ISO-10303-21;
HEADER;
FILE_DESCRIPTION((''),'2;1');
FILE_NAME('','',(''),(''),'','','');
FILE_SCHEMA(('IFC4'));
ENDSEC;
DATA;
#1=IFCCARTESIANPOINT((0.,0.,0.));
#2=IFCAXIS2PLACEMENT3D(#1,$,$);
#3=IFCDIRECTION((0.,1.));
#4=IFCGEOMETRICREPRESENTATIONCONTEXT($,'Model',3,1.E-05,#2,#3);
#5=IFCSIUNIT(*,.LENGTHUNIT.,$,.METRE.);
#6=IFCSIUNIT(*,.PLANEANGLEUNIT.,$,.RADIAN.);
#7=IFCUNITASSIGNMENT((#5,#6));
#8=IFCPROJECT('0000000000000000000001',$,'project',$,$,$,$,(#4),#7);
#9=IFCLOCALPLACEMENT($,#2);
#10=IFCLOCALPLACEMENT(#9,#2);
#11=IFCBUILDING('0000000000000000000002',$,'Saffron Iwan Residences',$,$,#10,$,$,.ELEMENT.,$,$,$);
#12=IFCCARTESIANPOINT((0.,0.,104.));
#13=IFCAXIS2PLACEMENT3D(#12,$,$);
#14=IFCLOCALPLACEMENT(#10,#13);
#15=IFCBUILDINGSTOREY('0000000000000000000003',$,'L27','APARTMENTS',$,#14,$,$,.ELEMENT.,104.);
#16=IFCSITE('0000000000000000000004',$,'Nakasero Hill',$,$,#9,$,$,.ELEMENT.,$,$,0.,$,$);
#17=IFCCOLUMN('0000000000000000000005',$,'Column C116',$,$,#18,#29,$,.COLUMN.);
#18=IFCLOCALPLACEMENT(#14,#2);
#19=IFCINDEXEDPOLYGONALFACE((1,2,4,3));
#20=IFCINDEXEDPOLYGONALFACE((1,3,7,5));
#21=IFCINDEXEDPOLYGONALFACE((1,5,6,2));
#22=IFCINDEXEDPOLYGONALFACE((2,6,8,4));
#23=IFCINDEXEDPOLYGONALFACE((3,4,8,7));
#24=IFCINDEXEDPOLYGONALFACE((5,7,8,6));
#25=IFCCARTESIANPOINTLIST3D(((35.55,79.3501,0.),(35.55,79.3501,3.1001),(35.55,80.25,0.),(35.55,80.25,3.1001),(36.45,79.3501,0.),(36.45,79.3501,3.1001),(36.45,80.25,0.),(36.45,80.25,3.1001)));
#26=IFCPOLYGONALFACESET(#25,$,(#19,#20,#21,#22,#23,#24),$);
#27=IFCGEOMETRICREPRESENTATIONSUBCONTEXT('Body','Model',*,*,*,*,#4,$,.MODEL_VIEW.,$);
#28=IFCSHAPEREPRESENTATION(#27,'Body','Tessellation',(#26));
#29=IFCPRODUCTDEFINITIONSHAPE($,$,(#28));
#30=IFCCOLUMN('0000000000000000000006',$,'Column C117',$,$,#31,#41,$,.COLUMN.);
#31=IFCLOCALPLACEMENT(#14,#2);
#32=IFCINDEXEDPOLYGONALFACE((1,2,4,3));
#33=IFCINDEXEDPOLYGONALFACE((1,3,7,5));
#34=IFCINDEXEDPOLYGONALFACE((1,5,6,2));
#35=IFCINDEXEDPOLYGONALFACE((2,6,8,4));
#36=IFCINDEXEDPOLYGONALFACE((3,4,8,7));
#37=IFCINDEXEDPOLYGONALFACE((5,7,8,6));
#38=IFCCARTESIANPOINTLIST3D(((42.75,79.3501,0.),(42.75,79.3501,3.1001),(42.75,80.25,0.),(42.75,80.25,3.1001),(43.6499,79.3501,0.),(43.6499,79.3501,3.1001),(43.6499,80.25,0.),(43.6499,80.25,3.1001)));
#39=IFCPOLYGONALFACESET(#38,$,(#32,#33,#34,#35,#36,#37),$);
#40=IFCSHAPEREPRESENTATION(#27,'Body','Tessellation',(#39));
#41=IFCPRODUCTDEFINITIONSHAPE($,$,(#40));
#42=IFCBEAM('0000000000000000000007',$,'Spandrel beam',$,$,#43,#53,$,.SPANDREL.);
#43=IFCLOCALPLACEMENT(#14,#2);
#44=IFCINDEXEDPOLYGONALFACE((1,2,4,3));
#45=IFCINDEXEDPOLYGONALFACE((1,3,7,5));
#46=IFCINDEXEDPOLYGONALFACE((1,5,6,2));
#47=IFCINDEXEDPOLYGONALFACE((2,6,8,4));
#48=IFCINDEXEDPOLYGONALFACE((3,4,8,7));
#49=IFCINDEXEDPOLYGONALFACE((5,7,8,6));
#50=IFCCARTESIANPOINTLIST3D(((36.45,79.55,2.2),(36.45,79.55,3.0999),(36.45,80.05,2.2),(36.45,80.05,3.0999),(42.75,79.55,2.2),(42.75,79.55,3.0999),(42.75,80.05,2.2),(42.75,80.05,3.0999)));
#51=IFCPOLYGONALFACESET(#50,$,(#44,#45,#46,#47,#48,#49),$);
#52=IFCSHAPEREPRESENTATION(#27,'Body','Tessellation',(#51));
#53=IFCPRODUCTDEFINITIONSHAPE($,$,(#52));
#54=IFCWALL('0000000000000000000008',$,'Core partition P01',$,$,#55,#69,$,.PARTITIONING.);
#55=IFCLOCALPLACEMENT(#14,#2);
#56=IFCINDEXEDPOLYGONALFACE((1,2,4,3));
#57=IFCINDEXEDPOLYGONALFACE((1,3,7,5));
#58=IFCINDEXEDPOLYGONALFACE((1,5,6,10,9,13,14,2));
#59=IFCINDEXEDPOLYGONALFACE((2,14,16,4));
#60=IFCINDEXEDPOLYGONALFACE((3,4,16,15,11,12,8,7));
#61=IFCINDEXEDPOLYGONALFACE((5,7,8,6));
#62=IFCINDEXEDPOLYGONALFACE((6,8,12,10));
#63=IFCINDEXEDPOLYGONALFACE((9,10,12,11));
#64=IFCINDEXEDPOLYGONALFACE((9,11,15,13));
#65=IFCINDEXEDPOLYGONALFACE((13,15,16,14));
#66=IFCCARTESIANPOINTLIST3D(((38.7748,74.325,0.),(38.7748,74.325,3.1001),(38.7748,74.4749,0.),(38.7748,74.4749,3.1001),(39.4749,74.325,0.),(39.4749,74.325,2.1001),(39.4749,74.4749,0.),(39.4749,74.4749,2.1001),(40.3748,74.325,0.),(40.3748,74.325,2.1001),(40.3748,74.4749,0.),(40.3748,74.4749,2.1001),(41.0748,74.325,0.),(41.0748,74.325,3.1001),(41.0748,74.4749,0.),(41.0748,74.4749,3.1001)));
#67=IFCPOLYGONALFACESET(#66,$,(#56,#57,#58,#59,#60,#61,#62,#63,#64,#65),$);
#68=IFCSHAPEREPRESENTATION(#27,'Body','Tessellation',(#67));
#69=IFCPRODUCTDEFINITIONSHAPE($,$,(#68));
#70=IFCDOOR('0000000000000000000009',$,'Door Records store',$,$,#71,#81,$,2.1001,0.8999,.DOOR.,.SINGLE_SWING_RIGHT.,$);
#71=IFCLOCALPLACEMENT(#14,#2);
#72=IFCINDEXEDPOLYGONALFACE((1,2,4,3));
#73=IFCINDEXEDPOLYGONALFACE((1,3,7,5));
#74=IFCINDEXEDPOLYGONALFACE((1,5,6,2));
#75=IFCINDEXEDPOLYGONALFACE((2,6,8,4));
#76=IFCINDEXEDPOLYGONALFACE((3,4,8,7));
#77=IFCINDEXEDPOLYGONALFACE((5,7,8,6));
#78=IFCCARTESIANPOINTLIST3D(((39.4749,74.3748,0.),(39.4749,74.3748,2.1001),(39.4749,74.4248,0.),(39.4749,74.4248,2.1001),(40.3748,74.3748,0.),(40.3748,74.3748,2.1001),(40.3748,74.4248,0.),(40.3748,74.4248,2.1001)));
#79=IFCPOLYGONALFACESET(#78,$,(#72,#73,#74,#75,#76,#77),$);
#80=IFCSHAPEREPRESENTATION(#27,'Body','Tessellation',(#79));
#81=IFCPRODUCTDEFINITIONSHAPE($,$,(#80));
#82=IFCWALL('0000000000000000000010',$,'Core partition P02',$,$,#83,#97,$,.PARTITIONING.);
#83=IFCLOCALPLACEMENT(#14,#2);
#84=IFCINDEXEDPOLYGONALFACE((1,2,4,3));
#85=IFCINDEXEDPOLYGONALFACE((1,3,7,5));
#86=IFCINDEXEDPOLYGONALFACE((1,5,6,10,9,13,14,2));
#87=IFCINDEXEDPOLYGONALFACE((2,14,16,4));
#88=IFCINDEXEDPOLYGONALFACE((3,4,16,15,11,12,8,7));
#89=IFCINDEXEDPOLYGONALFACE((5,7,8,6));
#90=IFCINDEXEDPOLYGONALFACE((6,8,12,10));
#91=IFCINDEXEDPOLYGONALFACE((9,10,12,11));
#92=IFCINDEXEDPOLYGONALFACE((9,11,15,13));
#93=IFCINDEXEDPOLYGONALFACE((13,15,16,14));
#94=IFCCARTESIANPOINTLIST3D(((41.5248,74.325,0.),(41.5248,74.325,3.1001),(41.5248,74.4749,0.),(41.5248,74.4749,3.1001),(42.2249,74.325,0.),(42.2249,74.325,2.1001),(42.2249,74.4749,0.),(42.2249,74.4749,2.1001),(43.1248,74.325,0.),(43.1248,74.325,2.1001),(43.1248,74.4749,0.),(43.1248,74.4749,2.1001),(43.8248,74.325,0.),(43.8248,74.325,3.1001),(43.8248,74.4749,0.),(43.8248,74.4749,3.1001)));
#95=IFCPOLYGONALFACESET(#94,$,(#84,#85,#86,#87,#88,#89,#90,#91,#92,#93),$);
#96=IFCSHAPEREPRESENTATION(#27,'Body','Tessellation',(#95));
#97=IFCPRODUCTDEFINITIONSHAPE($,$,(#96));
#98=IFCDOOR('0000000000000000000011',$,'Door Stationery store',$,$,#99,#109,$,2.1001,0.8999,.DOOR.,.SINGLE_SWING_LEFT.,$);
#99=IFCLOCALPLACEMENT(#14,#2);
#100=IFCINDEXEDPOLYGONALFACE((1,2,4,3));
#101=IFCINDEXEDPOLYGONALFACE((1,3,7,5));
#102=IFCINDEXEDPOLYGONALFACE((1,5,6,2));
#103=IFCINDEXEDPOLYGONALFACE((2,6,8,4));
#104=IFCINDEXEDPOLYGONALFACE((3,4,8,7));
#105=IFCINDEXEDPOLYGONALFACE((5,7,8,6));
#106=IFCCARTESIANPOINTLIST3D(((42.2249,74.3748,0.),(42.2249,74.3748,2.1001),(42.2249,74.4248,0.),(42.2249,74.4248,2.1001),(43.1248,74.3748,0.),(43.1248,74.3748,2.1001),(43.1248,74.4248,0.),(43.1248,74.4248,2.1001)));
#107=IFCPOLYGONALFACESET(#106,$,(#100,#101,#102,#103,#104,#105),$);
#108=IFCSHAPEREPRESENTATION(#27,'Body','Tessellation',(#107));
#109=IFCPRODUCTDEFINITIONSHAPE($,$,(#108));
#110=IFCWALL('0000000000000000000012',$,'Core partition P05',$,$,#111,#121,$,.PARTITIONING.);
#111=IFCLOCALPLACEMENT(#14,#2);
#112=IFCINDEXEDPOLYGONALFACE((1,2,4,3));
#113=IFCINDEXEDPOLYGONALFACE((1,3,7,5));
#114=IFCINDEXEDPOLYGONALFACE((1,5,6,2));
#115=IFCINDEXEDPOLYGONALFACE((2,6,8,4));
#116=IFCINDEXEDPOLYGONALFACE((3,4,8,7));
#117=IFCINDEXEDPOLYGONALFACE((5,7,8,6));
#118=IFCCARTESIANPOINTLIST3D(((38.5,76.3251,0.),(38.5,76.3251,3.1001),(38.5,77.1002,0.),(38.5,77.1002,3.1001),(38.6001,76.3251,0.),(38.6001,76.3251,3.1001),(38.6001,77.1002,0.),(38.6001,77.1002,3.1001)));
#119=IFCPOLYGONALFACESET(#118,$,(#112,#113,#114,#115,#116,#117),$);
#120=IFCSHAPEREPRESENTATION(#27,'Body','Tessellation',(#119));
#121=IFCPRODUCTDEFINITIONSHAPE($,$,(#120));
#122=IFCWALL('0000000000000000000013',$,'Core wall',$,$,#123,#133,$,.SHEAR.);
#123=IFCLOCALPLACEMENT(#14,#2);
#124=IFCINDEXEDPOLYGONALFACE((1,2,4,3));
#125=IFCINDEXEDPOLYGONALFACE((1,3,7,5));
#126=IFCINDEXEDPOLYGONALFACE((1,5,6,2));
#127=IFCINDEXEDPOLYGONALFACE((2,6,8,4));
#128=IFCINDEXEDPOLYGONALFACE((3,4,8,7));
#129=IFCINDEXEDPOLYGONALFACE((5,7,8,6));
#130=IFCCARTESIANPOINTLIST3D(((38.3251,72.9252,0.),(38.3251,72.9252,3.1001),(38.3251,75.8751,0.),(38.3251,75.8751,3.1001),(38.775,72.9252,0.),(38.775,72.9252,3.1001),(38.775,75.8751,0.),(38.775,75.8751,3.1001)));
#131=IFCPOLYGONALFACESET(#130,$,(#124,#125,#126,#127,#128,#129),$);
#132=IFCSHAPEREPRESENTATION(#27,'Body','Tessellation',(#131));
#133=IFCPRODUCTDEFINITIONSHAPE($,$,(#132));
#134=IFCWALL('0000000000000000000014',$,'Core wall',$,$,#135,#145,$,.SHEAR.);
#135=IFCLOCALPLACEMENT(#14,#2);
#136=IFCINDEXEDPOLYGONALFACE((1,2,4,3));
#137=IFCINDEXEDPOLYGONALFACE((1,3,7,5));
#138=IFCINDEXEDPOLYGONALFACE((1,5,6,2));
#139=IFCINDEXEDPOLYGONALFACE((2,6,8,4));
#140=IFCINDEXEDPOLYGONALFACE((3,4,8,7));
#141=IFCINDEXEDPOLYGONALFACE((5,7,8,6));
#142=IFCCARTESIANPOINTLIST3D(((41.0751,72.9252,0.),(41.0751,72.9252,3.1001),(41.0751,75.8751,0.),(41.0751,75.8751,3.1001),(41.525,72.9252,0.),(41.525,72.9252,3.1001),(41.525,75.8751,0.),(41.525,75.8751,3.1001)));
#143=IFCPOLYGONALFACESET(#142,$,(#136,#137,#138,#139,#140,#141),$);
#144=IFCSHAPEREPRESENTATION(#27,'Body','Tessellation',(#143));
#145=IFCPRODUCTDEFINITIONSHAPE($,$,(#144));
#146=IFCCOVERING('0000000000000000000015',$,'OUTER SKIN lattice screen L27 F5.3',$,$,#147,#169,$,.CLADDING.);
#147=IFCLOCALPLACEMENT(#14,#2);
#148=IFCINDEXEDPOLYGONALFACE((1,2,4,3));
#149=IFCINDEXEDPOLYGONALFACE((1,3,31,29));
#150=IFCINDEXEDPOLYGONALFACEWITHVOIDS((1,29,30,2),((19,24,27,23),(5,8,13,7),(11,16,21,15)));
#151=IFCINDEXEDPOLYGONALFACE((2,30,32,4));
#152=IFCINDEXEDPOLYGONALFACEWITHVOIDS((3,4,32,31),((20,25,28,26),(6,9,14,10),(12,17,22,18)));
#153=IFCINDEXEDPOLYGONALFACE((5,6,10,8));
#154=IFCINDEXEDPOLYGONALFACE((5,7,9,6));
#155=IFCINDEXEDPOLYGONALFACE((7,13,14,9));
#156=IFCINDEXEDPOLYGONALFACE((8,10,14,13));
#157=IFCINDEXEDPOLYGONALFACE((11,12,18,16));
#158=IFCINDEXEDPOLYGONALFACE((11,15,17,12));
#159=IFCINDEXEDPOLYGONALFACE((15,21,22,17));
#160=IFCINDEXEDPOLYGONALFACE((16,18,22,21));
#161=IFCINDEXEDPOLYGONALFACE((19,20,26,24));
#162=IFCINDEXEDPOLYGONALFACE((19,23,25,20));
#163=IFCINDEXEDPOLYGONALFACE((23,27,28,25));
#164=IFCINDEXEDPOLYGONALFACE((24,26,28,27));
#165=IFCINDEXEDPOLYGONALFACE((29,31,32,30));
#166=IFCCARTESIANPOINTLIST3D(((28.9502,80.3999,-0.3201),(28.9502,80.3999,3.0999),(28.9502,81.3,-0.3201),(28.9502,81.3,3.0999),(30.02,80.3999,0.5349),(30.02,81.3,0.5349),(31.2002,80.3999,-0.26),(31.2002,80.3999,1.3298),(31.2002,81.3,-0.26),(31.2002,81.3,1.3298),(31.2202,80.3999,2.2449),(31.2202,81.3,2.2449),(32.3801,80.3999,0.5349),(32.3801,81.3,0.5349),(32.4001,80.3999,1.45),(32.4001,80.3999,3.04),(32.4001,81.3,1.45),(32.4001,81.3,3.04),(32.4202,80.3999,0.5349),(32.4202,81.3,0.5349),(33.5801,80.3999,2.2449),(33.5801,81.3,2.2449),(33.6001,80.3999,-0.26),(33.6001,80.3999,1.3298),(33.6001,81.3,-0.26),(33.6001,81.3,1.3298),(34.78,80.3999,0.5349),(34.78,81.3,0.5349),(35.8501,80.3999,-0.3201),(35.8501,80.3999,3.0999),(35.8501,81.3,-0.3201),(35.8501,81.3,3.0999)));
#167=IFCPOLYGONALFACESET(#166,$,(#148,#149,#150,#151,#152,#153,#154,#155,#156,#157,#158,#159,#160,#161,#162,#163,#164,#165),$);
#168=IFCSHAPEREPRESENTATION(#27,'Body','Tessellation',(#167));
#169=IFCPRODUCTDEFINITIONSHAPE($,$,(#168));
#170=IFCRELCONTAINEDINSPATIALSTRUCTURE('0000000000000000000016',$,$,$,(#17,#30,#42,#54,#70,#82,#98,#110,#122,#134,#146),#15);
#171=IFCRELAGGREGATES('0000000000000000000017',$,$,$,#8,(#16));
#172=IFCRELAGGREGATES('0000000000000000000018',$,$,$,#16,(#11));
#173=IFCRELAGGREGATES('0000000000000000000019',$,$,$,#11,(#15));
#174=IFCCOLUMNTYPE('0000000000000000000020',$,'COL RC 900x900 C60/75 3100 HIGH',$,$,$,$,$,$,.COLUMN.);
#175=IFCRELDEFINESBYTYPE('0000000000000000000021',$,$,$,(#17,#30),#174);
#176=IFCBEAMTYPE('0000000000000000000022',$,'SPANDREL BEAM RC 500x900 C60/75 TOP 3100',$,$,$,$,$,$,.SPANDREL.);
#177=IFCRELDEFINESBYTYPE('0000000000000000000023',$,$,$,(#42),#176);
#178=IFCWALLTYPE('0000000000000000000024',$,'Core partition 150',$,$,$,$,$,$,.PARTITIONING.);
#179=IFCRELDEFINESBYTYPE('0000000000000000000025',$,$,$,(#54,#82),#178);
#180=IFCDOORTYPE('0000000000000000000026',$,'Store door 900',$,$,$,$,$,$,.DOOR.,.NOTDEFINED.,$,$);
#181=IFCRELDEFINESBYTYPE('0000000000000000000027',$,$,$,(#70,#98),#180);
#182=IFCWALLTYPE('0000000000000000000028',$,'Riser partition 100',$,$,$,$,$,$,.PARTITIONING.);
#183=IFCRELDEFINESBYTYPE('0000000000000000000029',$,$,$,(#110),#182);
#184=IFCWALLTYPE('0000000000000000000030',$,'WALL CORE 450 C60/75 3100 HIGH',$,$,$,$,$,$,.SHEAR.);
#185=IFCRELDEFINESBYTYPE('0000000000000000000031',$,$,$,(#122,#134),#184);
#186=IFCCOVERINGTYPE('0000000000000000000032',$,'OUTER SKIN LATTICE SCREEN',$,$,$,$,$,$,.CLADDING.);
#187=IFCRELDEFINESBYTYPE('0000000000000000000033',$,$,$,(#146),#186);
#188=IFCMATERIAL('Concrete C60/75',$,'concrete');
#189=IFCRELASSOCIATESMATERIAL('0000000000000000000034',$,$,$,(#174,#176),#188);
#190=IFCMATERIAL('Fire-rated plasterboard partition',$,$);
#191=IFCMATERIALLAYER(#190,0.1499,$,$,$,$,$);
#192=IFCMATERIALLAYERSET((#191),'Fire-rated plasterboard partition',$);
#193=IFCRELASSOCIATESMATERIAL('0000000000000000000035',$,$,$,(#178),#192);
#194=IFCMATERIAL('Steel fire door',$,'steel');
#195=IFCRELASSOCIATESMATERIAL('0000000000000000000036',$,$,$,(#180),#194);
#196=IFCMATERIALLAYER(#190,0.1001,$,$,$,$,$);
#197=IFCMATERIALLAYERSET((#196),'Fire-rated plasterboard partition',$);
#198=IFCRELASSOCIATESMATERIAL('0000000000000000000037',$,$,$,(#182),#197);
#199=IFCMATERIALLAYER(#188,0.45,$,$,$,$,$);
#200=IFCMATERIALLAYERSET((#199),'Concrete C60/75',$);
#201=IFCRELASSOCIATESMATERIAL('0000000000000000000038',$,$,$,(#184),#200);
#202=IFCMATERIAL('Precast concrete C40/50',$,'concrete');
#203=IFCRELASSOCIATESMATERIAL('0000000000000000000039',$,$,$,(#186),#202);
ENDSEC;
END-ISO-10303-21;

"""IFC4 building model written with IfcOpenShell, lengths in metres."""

from ifc_helpers import new_model, si_unit, direction, frame, frame_2d, origin, origin_2d, place, context, subcontext, project, spatial, polyline, rectangle, outline, extrude, source, transform, mapped, material, layer, layer_set, material_profile, profile_set, type_object, element, fill, save


model = new_model("IFC4")

# Units and contexts
model_context = context("Model", 3, precision=1e-05, world=origin(), true_north=direction((0.0, 1.0)))
body_context = subcontext(model_context, "Body", "Model", "MODEL_VIEW")
ifc_project = project(units=[si_unit("LENGTHUNIT", "METRE"), si_unit("PLANEANGLEUNIT", "RADIAN")], contexts=[model_context])

# Site, building, storey
site_placement = place(None, origin())
site = spatial("IfcSite", under=ifc_project, at=site_placement, Name="Nakasero Hill", CompositionType="ELEMENT", RefElevation=0.0)
building_placement = place(site_placement, origin())
building = spatial("IfcBuilding", under=site, at=building_placement, Name="Saffron Iwan Residences", CompositionType="ELEMENT")
storey_placement = place(building_placement, frame((0.0, 0.0, 104.0)))
storey = spatial("IfcBuildingStorey", under=building, at=storey_placement, Name="L27", Description="APARTMENTS", CompositionType="ELEMENT", Elevation=104.0)

# Columns
ifc_material_1 = material(Name="Concrete C60/75", Category="concrete")
ifc_material_profile_1 = material_profile(ifc_material_1, rectangle(XDim=0.8999, YDim=0.8999, at=origin_2d()), Name="RC 900x900")
ifc_profile_set_1 = profile_set([ifc_material_profile_1], Name="Concrete C60/75")
column_type = type_object("IfcColumnType", Name="COL RC 900x900 C60/75 3100 HIGH", PredefinedType="COLUMN", material=ifc_profile_set_1)
shared_shape_1 = source(origin(), body_context, "Body", "SweptSolid", [
    extrude(rectangle(XDim=0.8999, YDim=0.8999, at=origin_2d()), origin(), (0.0, 0.0, 1.0), 3.1001),
])
for number, where, z_axis, x_axis, name in (
    (1, (36.0, 79.8, 0.0), (0.0, 0.0, 1.0), (1.0, 0.0, 0.0), "Column C116"),
    (2, (43.2, 79.8, 0.0), (0.0, 0.0, 1.0), (1.0, 0.0, 0.0), "Column C117"),
):
    element("IfcColumn", number, at=place(storey_placement, frame(where, z_axis=z_axis, x_axis=x_axis)), inside=storey, type_object=column_type, Name=name, PredefinedType="COLUMN", context=body_context, shape_type="MappedRepresentation", body=[
        mapped(shared_shape_1, transform((0.0, 0.0, 0.0))),
    ])

# Beam
ifc_material_profile_2 = material_profile(ifc_material_1, rectangle(XDim=0.5, YDim=0.8999, at=origin_2d()), Name="RC 500x900")
ifc_profile_set_2 = profile_set([ifc_material_profile_2], Name="Concrete C60/75")
beam_type = type_object("IfcBeamType", Name="SPANDREL BEAM RC 500x900 C60/75 TOP 3100", PredefinedType="SPANDREL", material=ifc_profile_set_2)
shared_shape_2 = source(origin(), body_context, "Body", "SweptSolid", [
    extrude(rectangle(XDim=0.5, YDim=0.8999, at=origin_2d()), origin(), (0.0, 0.0, 1.0), 6.3),
])
beam_placement = place(storey_placement, frame((36.45, 79.8, 2.6499), z_axis=(1.0, 0.0, 0.0), x_axis=(0.0, 1.0, 0.0)))
element("IfcBeam", 3, at=beam_placement, inside=storey, type_object=beam_type, Name="Spandrel beam", PredefinedType="SPANDREL", context=body_context, shape_type="MappedRepresentation", body=[
    mapped(shared_shape_2, transform((0.0, 0.0, 0.0))),
])

# Walls, openings, doors
ifc_material_2 = material(Name="Fire-rated plasterboard partition")
ifc_layer_1 = layer(ifc_material_2, 0.1499)
ifc_layer_set_1 = layer_set([ifc_layer_1], Name="Fire-rated plasterboard partition")
wall_type_1 = type_object("IfcWallType", Name="Core partition 150", PredefinedType="PARTITIONING", material=ifc_layer_set_1)
wall_1_placement = place(storey_placement, frame((38.7749, 74.3999, 0.0), z_axis=(0.0, 0.0, 1.0), x_axis=(1.0, 0.0, 0.0)))
wall_1 = element("IfcWall", 4, at=wall_1_placement, inside=storey, type_object=wall_type_1, Name="Core partition P01", PredefinedType="PARTITIONING", context=body_context, shape_type="SweptSolid", body=[
    extrude(rectangle(XDim=2.3, YDim=0.1499, at=frame_2d((1.1499, 0.0))), origin(), (0.0, 0.0, 1.0), 3.1001),
])
opening_1_placement = place(wall_1_placement, frame((0.7, 0.0, 0.0)))
opening_1 = element("IfcOpeningElement", 5, at=opening_1_placement, cuts=wall_1, PredefinedType="OPENING", context=body_context, shape_type="SweptSolid", body=[
    extrude(rectangle(XDim=0.8999, YDim=2.1001, at=frame_2d((0.45, 1.05))), frame((0.0, 0.085, 0.0), z_axis=(0.0, -1.0, 0.0), x_axis=(1.0, 0.0, 0.0)), (0.0, 0.0, 1.0), 0.1699),
])
ifc_material_3 = material(Name="Steel fire door", Category="steel")
door_type = type_object("IfcDoorType", Name="Store door 900", OperationType="NOTDEFINED", PredefinedType="DOOR", material=ifc_material_3)
door_1_placement = place(opening_1_placement, origin())
door_1 = element("IfcDoor", 6, at=door_1_placement, inside=storey, type_object=door_type, Name="Door Records store", OperationType="SINGLE_SWING_RIGHT", OverallHeight=2.1001, OverallWidth=0.8999, PredefinedType="DOOR", context=body_context, shape_type="SweptSolid", body=[
    extrude(rectangle(XDim=0.8999, YDim=2.1001, at=frame_2d((0.45, 1.05))), frame((0.0, 0.0249, 0.0), z_axis=(0.0, -1.0, 0.0), x_axis=(1.0, 0.0, 0.0)), (0.0, 0.0, 1.0), 0.05),
])
fill(opening_1, door_1)
wall_2_placement = place(storey_placement, frame((41.5249, 74.3999, 0.0), z_axis=(0.0, 0.0, 1.0), x_axis=(1.0, 0.0, 0.0)))
wall_2 = element("IfcWall", 7, at=wall_2_placement, inside=storey, type_object=wall_type_1, Name="Core partition P02", PredefinedType="PARTITIONING", context=body_context, shape_type="SweptSolid", body=[
    extrude(rectangle(XDim=2.3, YDim=0.1499, at=frame_2d((1.1499, 0.0))), origin(), (0.0, 0.0, 1.0), 3.1001),
])
opening_2_placement = place(wall_2_placement, frame((0.7, 0.0, 0.0)))
opening_2 = element("IfcOpeningElement", 8, at=opening_2_placement, cuts=wall_2, PredefinedType="OPENING", context=body_context, shape_type="SweptSolid", body=[
    extrude(rectangle(XDim=0.8999, YDim=2.1001, at=frame_2d((0.45, 1.05))), frame((0.0, 0.085, 0.0), z_axis=(0.0, -1.0, 0.0), x_axis=(1.0, 0.0, 0.0)), (0.0, 0.0, 1.0), 0.1699),
])
door_2_placement = place(opening_2_placement, origin())
door_2 = element("IfcDoor", 9, at=door_2_placement, inside=storey, type_object=door_type, Name="Door Stationery store", OperationType="SINGLE_SWING_LEFT", OverallHeight=2.1001, OverallWidth=0.8999, PredefinedType="DOOR", context=body_context, shape_type="SweptSolid", body=[
    extrude(rectangle(XDim=0.8999, YDim=2.1001, at=frame_2d((0.45, 1.05))), frame((0.0, 0.0249, 0.0), z_axis=(0.0, -1.0, 0.0), x_axis=(1.0, 0.0, 0.0)), (0.0, 0.0, 1.0), 0.05),
])
fill(opening_2, door_2)

# Walls
ifc_layer_2 = layer(ifc_material_2, 0.1001)
ifc_layer_set_2 = layer_set([ifc_layer_2], Name="Fire-rated plasterboard partition")
wall_type_2 = type_object("IfcWallType", Name="Riser partition 100", PredefinedType="PARTITIONING", material=ifc_layer_set_2)
wall_3_placement = place(storey_placement, frame((38.55, 76.325, 0.0), z_axis=(0.0, 0.0, 1.0), x_axis=(0.0, 1.0, 0.0)))
element("IfcWall", 10, at=wall_3_placement, inside=storey, type_object=wall_type_2, Name="Core partition P05", PredefinedType="PARTITIONING", context=body_context, shape_type="SweptSolid", body=[
    extrude(rectangle(XDim=0.7751, YDim=0.1001, at=frame_2d((0.3877, 0.0))), origin(), (0.0, 0.0, 1.0), 3.1001),
])
ifc_layer_3 = layer(ifc_material_1, 0.45)
ifc_layer_set_3 = layer_set([ifc_layer_3], Name="Concrete C60/75")
wall_type_3 = type_object("IfcWallType", Name="WALL CORE 450 C60/75 3100 HIGH", PredefinedType="SHEAR", material=ifc_layer_set_3)
for number, where, z_axis, x_axis, name in (
    (11, (38.55, 72.925, 0.0), (0.0, 0.0, 1.0), (0.0, 1.0, 0.0), "Core wall"),
    (12, (41.3, 72.925, 0.0), (0.0, 0.0, 1.0), (0.0, 1.0, 0.0), "Core wall"),
):
    element("IfcWall", number, at=place(storey_placement, frame(where, z_axis=z_axis, x_axis=x_axis)), inside=storey, type_object=wall_type_3, Name=name, PredefinedType="SHEAR", context=body_context, shape_type="SweptSolid", body=[
        extrude(rectangle(XDim=2.95, YDim=0.45, at=frame_2d((1.4751, 0.0))), origin(), (0.0, 0.0, 1.0), 3.1001),
    ])

# Covering
ifc_material_4 = material(Name="Precast concrete C40/50", Category="concrete")
covering_type_1 = type_object("IfcCoveringType", Name="OUTER SKIN LATTICE SCREEN", PredefinedType="CLADDING", material=ifc_material_4)
covering_placement = place(storey_placement, frame((35.8501, 80.3999, -0.3201), z_axis=(0.0, 1.0, 0.0), x_axis=(-1.0, 0.0, 0.0)))
element("IfcCovering", 13, at=covering_placement, inside=storey, type_object=covering_type_1, Name="OUTER SKIN lattice screen L27 F5.3", PredefinedType="CLADDING", context=body_context, shape_type="SweptSolid", body=[
    extrude(outline(polyline([(0.0, 0.0), (6.8999, 0.0), (6.8999, 3.4199), (0.0, 3.4199), (0.0, 0.0)]), holes=[polyline([(1.0701, 0.855), (2.25, 0.0601), (3.4299, 0.855), (2.25, 1.6499), (1.0701, 0.855)]), polyline([(3.47, 0.855), (4.6499, 0.0601), (5.8301, 0.855), (4.6499, 1.6499), (3.47, 0.855)]), polyline([(2.27, 2.5649), (3.45, 1.77), (4.6299, 2.5649), (3.45, 3.3601), (2.27, 2.5649)])]), origin(), (0.0, 0.0, 1.0), 0.9001),
])

save(model, "model.ifc")
